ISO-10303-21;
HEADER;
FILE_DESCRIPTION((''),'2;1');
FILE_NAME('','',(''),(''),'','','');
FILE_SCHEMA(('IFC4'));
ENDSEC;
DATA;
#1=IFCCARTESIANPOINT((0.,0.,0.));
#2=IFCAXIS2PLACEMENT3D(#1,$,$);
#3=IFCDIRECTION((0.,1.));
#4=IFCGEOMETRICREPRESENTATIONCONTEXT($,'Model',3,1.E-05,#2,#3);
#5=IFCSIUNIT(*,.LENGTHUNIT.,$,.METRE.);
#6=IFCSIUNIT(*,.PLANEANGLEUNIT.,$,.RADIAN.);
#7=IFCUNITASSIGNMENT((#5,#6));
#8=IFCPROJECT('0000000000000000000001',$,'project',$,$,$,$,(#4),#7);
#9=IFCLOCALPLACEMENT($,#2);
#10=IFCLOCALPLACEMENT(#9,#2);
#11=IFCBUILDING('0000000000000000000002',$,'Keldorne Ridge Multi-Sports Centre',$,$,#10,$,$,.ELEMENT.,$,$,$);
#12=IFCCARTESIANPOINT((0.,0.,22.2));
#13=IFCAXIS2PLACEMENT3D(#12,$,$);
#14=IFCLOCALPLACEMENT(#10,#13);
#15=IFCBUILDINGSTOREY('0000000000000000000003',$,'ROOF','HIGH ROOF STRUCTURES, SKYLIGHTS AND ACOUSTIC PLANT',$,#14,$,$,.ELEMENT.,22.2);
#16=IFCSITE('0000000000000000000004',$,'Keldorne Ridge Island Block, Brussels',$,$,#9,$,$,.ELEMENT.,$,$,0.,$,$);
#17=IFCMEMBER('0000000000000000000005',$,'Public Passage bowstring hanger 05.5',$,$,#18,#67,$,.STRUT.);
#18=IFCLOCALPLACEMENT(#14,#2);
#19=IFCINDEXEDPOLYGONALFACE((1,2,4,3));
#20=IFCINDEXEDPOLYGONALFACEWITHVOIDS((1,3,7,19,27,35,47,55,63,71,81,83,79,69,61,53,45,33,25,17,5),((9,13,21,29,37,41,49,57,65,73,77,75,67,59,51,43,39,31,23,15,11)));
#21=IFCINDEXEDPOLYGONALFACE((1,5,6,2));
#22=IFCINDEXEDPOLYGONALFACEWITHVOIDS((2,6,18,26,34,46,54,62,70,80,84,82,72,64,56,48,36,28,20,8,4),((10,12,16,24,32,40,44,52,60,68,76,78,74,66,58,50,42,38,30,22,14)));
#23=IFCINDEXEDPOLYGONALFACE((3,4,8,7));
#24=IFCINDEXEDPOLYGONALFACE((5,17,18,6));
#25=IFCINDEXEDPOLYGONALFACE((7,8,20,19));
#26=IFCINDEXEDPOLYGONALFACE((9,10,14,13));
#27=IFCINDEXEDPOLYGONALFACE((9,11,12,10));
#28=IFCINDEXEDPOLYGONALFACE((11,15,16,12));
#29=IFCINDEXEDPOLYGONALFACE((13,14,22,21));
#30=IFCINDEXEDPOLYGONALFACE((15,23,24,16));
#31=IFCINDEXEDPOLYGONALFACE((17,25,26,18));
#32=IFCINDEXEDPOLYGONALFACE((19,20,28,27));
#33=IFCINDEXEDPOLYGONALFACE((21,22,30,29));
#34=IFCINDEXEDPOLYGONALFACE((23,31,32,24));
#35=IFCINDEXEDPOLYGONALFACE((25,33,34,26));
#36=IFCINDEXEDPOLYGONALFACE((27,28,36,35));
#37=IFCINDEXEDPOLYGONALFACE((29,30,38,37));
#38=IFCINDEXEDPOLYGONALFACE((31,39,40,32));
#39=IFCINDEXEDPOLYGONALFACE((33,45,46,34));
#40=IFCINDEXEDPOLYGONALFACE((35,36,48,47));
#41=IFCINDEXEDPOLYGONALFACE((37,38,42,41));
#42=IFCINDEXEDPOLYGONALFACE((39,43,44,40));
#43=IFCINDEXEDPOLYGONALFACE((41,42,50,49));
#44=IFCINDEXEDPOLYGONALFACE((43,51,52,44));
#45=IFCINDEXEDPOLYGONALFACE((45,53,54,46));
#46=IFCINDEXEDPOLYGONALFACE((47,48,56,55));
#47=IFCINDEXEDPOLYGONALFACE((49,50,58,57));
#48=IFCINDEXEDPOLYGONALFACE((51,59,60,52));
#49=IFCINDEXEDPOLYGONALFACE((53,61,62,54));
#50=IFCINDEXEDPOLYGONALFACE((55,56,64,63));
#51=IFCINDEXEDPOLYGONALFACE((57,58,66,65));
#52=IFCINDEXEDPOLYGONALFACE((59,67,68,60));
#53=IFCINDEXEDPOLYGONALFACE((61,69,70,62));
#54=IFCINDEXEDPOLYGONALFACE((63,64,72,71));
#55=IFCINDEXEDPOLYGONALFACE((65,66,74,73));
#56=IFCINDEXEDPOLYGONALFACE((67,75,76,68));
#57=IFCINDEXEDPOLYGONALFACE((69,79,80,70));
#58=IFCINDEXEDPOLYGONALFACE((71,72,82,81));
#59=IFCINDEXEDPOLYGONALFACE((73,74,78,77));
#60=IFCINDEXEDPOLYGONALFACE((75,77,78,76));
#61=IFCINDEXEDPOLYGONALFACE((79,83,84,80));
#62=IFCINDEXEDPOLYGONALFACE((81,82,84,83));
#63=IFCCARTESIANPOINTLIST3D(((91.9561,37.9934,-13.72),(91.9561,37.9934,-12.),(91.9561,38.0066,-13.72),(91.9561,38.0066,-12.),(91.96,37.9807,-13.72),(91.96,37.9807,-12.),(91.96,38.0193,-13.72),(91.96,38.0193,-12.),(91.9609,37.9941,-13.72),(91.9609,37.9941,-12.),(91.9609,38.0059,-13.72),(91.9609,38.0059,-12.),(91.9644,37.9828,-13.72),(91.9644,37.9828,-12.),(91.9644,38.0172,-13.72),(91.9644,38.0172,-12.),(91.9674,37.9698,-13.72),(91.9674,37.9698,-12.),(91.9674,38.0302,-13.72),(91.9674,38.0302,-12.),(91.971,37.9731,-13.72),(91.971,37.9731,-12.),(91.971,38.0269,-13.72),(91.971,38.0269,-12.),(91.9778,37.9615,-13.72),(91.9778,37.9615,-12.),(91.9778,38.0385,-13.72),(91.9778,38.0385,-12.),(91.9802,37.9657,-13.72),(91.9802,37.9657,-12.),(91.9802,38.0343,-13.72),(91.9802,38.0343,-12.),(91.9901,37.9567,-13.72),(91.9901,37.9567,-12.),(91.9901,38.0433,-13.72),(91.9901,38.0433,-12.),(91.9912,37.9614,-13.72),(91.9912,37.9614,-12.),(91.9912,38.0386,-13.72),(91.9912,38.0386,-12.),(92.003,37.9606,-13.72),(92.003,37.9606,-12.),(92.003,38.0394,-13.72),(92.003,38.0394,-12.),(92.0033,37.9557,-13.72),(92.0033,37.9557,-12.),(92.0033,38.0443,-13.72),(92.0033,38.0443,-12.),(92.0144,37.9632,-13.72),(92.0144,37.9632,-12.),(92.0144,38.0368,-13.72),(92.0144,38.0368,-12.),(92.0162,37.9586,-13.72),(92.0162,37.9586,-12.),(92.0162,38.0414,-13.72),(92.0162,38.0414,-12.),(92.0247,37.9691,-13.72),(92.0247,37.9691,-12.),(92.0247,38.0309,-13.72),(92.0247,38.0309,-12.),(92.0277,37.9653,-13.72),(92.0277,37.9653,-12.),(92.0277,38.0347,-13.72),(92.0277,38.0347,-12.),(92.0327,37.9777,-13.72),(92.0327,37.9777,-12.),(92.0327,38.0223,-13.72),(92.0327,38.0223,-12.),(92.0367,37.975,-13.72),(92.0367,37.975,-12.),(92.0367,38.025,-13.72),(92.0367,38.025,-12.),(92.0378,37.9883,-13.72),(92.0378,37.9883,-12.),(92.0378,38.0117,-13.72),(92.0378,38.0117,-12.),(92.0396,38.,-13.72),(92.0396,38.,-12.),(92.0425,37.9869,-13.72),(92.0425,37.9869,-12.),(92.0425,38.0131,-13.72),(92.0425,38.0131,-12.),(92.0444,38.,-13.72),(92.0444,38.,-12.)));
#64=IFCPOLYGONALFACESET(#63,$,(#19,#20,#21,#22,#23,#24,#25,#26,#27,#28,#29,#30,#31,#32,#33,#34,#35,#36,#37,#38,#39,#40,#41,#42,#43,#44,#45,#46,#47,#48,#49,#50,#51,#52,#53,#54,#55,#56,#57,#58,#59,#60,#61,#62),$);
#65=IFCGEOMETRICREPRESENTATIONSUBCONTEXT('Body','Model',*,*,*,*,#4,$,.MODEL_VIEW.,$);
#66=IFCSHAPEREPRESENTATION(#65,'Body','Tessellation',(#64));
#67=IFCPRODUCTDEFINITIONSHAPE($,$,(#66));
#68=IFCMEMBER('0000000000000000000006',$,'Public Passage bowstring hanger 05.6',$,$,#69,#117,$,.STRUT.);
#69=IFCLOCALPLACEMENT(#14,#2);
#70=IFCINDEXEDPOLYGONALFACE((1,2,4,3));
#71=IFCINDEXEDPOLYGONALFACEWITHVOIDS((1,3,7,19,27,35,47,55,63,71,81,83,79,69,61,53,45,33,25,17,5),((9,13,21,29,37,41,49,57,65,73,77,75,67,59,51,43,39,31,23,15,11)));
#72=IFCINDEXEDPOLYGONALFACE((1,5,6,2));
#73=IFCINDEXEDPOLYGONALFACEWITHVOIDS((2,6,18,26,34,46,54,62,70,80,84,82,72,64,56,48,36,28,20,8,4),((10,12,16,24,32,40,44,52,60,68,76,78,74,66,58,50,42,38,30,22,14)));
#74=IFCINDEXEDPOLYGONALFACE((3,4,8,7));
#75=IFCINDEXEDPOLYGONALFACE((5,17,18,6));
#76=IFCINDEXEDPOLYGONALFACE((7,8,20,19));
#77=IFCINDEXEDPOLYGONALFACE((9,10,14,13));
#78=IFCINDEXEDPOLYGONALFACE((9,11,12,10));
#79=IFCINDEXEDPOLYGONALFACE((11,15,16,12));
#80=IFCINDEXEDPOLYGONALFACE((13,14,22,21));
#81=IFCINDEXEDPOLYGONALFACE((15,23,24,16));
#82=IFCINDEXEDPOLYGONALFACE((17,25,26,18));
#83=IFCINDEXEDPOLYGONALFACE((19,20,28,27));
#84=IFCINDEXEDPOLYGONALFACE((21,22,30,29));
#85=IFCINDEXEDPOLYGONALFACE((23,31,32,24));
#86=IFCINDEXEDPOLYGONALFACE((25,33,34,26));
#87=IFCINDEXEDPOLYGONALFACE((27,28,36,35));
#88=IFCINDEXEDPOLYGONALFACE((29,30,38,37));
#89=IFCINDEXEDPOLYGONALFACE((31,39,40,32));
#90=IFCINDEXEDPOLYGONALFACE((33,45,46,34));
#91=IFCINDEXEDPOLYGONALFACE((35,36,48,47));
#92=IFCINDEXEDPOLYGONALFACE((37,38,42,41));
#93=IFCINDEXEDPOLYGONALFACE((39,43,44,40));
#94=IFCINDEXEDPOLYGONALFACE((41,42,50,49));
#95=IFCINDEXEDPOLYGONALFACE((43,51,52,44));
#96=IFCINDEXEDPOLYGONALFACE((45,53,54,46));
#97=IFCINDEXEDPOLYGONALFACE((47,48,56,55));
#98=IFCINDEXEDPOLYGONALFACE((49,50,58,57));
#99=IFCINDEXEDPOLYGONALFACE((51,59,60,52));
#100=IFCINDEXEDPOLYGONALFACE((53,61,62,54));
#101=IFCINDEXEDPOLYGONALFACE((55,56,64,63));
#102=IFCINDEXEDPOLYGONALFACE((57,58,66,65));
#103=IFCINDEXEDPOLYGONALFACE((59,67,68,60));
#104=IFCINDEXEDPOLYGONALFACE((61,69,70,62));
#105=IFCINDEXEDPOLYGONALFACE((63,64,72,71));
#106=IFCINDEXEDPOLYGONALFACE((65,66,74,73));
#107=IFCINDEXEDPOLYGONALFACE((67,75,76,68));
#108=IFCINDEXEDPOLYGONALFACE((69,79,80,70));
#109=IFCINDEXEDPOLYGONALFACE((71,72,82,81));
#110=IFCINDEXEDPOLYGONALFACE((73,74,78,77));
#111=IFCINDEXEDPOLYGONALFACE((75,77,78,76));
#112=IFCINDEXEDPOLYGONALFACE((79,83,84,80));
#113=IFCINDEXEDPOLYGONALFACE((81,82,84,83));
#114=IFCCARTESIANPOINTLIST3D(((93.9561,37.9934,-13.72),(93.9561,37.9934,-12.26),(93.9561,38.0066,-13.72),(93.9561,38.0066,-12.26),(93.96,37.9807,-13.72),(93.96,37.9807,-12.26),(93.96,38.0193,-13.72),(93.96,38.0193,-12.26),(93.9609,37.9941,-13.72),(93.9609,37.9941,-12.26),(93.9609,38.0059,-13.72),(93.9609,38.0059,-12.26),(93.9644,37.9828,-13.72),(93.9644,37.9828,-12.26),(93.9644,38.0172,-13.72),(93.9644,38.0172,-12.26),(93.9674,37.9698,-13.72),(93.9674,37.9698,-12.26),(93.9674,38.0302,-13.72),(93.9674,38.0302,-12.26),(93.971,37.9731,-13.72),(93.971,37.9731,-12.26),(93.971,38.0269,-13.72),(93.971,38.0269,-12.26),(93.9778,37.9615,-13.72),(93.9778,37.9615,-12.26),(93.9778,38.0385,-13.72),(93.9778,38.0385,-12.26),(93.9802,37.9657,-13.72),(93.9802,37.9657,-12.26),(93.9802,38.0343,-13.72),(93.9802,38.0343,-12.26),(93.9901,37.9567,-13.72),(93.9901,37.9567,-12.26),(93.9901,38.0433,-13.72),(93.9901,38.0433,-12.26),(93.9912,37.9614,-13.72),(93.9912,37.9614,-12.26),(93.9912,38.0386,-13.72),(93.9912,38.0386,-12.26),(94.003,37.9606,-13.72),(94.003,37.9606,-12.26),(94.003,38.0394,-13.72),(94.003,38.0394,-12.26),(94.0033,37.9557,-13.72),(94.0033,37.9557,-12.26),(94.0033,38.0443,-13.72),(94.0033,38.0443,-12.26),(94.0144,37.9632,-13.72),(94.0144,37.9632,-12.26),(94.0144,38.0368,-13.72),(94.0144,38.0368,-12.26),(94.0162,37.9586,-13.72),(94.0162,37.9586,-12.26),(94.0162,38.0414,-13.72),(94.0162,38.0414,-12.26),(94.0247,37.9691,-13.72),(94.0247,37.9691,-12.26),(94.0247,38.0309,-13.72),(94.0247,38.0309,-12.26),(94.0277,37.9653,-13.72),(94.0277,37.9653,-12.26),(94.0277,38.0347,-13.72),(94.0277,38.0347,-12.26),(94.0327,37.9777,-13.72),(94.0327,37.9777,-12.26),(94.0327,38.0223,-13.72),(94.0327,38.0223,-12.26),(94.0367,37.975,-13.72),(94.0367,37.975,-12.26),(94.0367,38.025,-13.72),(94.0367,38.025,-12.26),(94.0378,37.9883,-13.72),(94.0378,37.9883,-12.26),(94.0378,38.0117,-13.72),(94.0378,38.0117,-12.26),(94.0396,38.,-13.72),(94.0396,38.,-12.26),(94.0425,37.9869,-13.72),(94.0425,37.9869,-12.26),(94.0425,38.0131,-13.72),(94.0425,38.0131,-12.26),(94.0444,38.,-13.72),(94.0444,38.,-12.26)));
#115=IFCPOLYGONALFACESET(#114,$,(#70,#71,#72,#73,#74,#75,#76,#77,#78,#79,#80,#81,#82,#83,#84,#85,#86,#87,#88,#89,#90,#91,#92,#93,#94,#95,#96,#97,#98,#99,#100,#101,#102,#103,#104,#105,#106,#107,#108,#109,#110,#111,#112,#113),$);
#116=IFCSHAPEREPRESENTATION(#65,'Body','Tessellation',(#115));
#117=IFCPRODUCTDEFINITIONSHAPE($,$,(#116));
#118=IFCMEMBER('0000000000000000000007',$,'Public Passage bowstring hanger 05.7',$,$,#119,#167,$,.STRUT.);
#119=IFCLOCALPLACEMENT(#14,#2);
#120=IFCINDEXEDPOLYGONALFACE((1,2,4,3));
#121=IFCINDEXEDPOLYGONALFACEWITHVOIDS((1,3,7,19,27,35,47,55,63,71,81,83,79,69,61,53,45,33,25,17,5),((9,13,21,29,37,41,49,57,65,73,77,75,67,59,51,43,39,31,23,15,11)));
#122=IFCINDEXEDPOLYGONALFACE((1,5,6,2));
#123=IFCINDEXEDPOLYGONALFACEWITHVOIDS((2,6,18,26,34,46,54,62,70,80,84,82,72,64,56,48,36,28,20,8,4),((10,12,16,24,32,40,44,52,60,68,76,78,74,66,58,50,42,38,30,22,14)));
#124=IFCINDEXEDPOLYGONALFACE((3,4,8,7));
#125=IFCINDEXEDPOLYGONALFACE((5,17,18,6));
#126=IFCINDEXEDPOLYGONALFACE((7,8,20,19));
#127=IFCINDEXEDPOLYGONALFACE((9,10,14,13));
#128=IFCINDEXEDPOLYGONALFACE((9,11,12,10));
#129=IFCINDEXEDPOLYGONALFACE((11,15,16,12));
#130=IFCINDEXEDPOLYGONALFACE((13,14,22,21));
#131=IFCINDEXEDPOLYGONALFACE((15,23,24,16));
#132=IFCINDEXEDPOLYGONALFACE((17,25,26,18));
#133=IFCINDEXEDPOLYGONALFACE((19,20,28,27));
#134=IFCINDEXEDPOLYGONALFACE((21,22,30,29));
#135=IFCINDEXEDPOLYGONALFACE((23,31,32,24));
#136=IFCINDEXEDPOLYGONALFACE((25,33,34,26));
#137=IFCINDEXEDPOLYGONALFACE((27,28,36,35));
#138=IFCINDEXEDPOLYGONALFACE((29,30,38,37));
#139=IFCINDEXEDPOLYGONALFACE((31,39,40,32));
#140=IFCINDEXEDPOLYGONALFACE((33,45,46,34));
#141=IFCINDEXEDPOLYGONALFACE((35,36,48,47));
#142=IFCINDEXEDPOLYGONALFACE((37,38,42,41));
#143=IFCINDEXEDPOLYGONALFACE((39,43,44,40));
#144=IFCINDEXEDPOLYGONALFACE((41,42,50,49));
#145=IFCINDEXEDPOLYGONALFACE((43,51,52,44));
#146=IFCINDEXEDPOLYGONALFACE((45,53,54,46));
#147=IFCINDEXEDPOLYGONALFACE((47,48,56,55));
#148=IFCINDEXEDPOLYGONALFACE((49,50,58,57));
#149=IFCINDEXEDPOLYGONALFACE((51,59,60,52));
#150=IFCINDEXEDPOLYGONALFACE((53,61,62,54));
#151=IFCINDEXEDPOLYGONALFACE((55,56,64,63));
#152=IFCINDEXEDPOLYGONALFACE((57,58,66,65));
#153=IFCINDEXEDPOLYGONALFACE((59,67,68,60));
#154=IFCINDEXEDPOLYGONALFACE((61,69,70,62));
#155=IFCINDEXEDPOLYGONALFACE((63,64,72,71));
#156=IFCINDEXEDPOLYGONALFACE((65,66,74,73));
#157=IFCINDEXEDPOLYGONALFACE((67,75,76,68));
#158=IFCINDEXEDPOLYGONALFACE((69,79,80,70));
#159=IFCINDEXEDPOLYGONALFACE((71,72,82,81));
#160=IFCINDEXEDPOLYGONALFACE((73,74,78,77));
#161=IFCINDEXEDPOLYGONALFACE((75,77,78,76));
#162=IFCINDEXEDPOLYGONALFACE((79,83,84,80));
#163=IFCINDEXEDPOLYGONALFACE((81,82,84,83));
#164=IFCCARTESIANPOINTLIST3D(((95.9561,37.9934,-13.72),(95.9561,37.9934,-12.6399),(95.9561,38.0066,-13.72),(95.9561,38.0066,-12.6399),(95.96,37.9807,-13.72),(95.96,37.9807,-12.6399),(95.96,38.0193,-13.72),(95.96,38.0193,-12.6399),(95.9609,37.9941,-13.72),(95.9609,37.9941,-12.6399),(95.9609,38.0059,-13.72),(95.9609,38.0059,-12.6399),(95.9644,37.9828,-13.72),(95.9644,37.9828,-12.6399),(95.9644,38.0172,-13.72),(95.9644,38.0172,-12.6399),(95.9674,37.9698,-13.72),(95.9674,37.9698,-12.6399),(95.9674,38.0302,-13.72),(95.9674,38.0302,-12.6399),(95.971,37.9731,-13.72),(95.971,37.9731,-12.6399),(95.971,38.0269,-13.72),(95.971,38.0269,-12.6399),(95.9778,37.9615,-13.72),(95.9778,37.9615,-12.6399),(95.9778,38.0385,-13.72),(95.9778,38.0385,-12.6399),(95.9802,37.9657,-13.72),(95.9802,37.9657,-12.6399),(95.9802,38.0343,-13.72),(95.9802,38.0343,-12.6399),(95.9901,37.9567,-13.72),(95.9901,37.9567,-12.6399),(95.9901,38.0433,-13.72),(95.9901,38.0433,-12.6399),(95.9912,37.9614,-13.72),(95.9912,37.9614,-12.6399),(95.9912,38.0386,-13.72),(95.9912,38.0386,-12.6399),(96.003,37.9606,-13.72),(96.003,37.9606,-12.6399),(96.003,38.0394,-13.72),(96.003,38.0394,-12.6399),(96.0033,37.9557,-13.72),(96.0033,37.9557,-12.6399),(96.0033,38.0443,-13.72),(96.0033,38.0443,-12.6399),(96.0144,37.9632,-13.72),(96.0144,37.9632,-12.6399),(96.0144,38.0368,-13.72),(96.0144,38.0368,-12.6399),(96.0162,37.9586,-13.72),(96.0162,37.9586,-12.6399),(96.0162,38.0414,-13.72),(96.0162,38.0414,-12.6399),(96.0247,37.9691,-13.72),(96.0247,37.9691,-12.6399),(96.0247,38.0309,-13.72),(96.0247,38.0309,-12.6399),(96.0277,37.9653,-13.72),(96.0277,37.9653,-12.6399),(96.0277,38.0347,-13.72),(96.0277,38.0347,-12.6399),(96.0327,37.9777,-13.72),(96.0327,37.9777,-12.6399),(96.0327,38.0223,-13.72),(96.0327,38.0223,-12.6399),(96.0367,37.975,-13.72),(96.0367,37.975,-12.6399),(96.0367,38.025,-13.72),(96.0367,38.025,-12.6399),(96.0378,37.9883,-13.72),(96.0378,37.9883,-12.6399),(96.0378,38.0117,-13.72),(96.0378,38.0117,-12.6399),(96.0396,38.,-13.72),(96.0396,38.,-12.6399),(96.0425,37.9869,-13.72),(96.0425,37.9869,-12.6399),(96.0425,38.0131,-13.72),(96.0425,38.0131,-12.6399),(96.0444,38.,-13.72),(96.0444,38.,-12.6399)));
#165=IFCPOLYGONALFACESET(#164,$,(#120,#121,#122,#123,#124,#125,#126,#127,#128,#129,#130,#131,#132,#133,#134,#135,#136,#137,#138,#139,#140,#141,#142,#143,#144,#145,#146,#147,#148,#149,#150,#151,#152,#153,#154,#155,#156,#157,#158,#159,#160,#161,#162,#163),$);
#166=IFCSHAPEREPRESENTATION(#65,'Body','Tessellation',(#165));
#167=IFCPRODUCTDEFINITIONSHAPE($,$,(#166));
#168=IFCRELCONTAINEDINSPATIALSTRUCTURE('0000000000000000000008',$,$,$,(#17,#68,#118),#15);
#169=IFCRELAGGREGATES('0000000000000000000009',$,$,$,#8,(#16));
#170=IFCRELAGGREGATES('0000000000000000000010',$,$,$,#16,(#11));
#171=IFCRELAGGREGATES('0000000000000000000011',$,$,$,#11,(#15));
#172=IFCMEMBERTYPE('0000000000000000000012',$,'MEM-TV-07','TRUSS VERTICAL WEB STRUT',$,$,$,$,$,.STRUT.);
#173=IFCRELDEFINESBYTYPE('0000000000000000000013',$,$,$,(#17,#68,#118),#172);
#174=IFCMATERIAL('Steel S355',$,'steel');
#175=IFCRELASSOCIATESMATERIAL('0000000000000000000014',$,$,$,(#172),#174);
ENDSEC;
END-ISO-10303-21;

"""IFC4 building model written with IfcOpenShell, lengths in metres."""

from ifc_helpers import new_model, si_unit, direction, frame, origin, origin_2d, place, context, subcontext, project, spatial, hollow_circle, extrude, material, material_profile, profile_set, type_object, element, save


model = new_model("IFC4")

# Units and contexts
model_context = context("Model", 3, precision=1e-05, world=origin(), true_north=direction((0.0, 1.0)))
body_context = subcontext(model_context, "Body", "Model", "MODEL_VIEW")
ifc_project = project(units=[si_unit("LENGTHUNIT", "METRE"), si_unit("PLANEANGLEUNIT", "RADIAN")], contexts=[model_context])

# Site, building, storey
site_placement = place(None, origin())
site = spatial("IfcSite", under=ifc_project, at=site_placement, Name="Keldorne Ridge Island Block, Brussels", CompositionType="ELEMENT", RefElevation=0.0)
building_placement = place(site_placement, origin())
building = spatial("IfcBuilding", under=site, at=building_placement, Name="Keldorne Ridge Multi-Sports Centre", CompositionType="ELEMENT")
storey_placement = place(building_placement, frame((0.0, 0.0, 22.2)))
storey = spatial("IfcBuildingStorey", under=building, at=storey_placement, Name="ROOF", Description="HIGH ROOF STRUCTURES, SKYLIGHTS AND ACOUSTIC PLANT", CompositionType="ELEMENT", Elevation=22.2)

# Members
ifc_material = material(Name="Steel S355", Category="steel")
ifc_material_profile_1 = material_profile(ifc_material, hollow_circle(Radius=0.0444, WallThickness=0.0049, at=origin_2d()), Name="CHS 88.9x5")
ifc_profile_set_1 = profile_set([ifc_material_profile_1], Name="Steel S355")
member_type_1 = type_object("IfcMemberType", Name="MEM-TV-07", Description="TRUSS VERTICAL WEB STRUT", PredefinedType="STRUT", material=ifc_profile_set_1)
member_1_placement = place(storey_placement, frame((92.0, 38.0, -13.72), z_axis=(0.0, 0.0, 1.0), x_axis=(1.0, 0.0, 0.0)))
element("IfcMember", 1, at=member_1_placement, inside=storey, type_object=member_type_1, Name="Public Passage bowstring hanger 05.5", PredefinedType="STRUT", context=body_context, shape_type="SweptSolid", body=[
    extrude(hollow_circle(Radius=0.0444, WallThickness=0.0049, at=origin_2d()), origin(), (0.0, 0.0, 1.0), 1.72),
])
member_2_placement = place(storey_placement, frame((94.0, 38.0, -13.72), z_axis=(0.0, 0.0, 1.0), x_axis=(1.0, 0.0, 0.0)))
element("IfcMember", 2, at=member_2_placement, inside=storey, type_object=member_type_1, Name="Public Passage bowstring hanger 05.6", PredefinedType="STRUT", context=body_context, shape_type="SweptSolid", body=[
    extrude(hollow_circle(Radius=0.0444, WallThickness=0.0049, at=origin_2d()), origin(), (0.0, 0.0, 1.0), 1.46),
])
member_3_placement = place(storey_placement, frame((96.0, 38.0, -13.72), z_axis=(0.0, 0.0, 1.0), x_axis=(1.0, 0.0, 0.0)))
element("IfcMember", 3, at=member_3_placement, inside=storey, type_object=member_type_1, Name="Public Passage bowstring hanger 05.7", PredefinedType="STRUT", context=body_context, shape_type="SweptSolid", body=[
    extrude(hollow_circle(Radius=0.0444, WallThickness=0.0049, at=origin_2d()), origin(), (0.0, 0.0, 1.0), 1.0801),
])

save(model, "model.ifc")
